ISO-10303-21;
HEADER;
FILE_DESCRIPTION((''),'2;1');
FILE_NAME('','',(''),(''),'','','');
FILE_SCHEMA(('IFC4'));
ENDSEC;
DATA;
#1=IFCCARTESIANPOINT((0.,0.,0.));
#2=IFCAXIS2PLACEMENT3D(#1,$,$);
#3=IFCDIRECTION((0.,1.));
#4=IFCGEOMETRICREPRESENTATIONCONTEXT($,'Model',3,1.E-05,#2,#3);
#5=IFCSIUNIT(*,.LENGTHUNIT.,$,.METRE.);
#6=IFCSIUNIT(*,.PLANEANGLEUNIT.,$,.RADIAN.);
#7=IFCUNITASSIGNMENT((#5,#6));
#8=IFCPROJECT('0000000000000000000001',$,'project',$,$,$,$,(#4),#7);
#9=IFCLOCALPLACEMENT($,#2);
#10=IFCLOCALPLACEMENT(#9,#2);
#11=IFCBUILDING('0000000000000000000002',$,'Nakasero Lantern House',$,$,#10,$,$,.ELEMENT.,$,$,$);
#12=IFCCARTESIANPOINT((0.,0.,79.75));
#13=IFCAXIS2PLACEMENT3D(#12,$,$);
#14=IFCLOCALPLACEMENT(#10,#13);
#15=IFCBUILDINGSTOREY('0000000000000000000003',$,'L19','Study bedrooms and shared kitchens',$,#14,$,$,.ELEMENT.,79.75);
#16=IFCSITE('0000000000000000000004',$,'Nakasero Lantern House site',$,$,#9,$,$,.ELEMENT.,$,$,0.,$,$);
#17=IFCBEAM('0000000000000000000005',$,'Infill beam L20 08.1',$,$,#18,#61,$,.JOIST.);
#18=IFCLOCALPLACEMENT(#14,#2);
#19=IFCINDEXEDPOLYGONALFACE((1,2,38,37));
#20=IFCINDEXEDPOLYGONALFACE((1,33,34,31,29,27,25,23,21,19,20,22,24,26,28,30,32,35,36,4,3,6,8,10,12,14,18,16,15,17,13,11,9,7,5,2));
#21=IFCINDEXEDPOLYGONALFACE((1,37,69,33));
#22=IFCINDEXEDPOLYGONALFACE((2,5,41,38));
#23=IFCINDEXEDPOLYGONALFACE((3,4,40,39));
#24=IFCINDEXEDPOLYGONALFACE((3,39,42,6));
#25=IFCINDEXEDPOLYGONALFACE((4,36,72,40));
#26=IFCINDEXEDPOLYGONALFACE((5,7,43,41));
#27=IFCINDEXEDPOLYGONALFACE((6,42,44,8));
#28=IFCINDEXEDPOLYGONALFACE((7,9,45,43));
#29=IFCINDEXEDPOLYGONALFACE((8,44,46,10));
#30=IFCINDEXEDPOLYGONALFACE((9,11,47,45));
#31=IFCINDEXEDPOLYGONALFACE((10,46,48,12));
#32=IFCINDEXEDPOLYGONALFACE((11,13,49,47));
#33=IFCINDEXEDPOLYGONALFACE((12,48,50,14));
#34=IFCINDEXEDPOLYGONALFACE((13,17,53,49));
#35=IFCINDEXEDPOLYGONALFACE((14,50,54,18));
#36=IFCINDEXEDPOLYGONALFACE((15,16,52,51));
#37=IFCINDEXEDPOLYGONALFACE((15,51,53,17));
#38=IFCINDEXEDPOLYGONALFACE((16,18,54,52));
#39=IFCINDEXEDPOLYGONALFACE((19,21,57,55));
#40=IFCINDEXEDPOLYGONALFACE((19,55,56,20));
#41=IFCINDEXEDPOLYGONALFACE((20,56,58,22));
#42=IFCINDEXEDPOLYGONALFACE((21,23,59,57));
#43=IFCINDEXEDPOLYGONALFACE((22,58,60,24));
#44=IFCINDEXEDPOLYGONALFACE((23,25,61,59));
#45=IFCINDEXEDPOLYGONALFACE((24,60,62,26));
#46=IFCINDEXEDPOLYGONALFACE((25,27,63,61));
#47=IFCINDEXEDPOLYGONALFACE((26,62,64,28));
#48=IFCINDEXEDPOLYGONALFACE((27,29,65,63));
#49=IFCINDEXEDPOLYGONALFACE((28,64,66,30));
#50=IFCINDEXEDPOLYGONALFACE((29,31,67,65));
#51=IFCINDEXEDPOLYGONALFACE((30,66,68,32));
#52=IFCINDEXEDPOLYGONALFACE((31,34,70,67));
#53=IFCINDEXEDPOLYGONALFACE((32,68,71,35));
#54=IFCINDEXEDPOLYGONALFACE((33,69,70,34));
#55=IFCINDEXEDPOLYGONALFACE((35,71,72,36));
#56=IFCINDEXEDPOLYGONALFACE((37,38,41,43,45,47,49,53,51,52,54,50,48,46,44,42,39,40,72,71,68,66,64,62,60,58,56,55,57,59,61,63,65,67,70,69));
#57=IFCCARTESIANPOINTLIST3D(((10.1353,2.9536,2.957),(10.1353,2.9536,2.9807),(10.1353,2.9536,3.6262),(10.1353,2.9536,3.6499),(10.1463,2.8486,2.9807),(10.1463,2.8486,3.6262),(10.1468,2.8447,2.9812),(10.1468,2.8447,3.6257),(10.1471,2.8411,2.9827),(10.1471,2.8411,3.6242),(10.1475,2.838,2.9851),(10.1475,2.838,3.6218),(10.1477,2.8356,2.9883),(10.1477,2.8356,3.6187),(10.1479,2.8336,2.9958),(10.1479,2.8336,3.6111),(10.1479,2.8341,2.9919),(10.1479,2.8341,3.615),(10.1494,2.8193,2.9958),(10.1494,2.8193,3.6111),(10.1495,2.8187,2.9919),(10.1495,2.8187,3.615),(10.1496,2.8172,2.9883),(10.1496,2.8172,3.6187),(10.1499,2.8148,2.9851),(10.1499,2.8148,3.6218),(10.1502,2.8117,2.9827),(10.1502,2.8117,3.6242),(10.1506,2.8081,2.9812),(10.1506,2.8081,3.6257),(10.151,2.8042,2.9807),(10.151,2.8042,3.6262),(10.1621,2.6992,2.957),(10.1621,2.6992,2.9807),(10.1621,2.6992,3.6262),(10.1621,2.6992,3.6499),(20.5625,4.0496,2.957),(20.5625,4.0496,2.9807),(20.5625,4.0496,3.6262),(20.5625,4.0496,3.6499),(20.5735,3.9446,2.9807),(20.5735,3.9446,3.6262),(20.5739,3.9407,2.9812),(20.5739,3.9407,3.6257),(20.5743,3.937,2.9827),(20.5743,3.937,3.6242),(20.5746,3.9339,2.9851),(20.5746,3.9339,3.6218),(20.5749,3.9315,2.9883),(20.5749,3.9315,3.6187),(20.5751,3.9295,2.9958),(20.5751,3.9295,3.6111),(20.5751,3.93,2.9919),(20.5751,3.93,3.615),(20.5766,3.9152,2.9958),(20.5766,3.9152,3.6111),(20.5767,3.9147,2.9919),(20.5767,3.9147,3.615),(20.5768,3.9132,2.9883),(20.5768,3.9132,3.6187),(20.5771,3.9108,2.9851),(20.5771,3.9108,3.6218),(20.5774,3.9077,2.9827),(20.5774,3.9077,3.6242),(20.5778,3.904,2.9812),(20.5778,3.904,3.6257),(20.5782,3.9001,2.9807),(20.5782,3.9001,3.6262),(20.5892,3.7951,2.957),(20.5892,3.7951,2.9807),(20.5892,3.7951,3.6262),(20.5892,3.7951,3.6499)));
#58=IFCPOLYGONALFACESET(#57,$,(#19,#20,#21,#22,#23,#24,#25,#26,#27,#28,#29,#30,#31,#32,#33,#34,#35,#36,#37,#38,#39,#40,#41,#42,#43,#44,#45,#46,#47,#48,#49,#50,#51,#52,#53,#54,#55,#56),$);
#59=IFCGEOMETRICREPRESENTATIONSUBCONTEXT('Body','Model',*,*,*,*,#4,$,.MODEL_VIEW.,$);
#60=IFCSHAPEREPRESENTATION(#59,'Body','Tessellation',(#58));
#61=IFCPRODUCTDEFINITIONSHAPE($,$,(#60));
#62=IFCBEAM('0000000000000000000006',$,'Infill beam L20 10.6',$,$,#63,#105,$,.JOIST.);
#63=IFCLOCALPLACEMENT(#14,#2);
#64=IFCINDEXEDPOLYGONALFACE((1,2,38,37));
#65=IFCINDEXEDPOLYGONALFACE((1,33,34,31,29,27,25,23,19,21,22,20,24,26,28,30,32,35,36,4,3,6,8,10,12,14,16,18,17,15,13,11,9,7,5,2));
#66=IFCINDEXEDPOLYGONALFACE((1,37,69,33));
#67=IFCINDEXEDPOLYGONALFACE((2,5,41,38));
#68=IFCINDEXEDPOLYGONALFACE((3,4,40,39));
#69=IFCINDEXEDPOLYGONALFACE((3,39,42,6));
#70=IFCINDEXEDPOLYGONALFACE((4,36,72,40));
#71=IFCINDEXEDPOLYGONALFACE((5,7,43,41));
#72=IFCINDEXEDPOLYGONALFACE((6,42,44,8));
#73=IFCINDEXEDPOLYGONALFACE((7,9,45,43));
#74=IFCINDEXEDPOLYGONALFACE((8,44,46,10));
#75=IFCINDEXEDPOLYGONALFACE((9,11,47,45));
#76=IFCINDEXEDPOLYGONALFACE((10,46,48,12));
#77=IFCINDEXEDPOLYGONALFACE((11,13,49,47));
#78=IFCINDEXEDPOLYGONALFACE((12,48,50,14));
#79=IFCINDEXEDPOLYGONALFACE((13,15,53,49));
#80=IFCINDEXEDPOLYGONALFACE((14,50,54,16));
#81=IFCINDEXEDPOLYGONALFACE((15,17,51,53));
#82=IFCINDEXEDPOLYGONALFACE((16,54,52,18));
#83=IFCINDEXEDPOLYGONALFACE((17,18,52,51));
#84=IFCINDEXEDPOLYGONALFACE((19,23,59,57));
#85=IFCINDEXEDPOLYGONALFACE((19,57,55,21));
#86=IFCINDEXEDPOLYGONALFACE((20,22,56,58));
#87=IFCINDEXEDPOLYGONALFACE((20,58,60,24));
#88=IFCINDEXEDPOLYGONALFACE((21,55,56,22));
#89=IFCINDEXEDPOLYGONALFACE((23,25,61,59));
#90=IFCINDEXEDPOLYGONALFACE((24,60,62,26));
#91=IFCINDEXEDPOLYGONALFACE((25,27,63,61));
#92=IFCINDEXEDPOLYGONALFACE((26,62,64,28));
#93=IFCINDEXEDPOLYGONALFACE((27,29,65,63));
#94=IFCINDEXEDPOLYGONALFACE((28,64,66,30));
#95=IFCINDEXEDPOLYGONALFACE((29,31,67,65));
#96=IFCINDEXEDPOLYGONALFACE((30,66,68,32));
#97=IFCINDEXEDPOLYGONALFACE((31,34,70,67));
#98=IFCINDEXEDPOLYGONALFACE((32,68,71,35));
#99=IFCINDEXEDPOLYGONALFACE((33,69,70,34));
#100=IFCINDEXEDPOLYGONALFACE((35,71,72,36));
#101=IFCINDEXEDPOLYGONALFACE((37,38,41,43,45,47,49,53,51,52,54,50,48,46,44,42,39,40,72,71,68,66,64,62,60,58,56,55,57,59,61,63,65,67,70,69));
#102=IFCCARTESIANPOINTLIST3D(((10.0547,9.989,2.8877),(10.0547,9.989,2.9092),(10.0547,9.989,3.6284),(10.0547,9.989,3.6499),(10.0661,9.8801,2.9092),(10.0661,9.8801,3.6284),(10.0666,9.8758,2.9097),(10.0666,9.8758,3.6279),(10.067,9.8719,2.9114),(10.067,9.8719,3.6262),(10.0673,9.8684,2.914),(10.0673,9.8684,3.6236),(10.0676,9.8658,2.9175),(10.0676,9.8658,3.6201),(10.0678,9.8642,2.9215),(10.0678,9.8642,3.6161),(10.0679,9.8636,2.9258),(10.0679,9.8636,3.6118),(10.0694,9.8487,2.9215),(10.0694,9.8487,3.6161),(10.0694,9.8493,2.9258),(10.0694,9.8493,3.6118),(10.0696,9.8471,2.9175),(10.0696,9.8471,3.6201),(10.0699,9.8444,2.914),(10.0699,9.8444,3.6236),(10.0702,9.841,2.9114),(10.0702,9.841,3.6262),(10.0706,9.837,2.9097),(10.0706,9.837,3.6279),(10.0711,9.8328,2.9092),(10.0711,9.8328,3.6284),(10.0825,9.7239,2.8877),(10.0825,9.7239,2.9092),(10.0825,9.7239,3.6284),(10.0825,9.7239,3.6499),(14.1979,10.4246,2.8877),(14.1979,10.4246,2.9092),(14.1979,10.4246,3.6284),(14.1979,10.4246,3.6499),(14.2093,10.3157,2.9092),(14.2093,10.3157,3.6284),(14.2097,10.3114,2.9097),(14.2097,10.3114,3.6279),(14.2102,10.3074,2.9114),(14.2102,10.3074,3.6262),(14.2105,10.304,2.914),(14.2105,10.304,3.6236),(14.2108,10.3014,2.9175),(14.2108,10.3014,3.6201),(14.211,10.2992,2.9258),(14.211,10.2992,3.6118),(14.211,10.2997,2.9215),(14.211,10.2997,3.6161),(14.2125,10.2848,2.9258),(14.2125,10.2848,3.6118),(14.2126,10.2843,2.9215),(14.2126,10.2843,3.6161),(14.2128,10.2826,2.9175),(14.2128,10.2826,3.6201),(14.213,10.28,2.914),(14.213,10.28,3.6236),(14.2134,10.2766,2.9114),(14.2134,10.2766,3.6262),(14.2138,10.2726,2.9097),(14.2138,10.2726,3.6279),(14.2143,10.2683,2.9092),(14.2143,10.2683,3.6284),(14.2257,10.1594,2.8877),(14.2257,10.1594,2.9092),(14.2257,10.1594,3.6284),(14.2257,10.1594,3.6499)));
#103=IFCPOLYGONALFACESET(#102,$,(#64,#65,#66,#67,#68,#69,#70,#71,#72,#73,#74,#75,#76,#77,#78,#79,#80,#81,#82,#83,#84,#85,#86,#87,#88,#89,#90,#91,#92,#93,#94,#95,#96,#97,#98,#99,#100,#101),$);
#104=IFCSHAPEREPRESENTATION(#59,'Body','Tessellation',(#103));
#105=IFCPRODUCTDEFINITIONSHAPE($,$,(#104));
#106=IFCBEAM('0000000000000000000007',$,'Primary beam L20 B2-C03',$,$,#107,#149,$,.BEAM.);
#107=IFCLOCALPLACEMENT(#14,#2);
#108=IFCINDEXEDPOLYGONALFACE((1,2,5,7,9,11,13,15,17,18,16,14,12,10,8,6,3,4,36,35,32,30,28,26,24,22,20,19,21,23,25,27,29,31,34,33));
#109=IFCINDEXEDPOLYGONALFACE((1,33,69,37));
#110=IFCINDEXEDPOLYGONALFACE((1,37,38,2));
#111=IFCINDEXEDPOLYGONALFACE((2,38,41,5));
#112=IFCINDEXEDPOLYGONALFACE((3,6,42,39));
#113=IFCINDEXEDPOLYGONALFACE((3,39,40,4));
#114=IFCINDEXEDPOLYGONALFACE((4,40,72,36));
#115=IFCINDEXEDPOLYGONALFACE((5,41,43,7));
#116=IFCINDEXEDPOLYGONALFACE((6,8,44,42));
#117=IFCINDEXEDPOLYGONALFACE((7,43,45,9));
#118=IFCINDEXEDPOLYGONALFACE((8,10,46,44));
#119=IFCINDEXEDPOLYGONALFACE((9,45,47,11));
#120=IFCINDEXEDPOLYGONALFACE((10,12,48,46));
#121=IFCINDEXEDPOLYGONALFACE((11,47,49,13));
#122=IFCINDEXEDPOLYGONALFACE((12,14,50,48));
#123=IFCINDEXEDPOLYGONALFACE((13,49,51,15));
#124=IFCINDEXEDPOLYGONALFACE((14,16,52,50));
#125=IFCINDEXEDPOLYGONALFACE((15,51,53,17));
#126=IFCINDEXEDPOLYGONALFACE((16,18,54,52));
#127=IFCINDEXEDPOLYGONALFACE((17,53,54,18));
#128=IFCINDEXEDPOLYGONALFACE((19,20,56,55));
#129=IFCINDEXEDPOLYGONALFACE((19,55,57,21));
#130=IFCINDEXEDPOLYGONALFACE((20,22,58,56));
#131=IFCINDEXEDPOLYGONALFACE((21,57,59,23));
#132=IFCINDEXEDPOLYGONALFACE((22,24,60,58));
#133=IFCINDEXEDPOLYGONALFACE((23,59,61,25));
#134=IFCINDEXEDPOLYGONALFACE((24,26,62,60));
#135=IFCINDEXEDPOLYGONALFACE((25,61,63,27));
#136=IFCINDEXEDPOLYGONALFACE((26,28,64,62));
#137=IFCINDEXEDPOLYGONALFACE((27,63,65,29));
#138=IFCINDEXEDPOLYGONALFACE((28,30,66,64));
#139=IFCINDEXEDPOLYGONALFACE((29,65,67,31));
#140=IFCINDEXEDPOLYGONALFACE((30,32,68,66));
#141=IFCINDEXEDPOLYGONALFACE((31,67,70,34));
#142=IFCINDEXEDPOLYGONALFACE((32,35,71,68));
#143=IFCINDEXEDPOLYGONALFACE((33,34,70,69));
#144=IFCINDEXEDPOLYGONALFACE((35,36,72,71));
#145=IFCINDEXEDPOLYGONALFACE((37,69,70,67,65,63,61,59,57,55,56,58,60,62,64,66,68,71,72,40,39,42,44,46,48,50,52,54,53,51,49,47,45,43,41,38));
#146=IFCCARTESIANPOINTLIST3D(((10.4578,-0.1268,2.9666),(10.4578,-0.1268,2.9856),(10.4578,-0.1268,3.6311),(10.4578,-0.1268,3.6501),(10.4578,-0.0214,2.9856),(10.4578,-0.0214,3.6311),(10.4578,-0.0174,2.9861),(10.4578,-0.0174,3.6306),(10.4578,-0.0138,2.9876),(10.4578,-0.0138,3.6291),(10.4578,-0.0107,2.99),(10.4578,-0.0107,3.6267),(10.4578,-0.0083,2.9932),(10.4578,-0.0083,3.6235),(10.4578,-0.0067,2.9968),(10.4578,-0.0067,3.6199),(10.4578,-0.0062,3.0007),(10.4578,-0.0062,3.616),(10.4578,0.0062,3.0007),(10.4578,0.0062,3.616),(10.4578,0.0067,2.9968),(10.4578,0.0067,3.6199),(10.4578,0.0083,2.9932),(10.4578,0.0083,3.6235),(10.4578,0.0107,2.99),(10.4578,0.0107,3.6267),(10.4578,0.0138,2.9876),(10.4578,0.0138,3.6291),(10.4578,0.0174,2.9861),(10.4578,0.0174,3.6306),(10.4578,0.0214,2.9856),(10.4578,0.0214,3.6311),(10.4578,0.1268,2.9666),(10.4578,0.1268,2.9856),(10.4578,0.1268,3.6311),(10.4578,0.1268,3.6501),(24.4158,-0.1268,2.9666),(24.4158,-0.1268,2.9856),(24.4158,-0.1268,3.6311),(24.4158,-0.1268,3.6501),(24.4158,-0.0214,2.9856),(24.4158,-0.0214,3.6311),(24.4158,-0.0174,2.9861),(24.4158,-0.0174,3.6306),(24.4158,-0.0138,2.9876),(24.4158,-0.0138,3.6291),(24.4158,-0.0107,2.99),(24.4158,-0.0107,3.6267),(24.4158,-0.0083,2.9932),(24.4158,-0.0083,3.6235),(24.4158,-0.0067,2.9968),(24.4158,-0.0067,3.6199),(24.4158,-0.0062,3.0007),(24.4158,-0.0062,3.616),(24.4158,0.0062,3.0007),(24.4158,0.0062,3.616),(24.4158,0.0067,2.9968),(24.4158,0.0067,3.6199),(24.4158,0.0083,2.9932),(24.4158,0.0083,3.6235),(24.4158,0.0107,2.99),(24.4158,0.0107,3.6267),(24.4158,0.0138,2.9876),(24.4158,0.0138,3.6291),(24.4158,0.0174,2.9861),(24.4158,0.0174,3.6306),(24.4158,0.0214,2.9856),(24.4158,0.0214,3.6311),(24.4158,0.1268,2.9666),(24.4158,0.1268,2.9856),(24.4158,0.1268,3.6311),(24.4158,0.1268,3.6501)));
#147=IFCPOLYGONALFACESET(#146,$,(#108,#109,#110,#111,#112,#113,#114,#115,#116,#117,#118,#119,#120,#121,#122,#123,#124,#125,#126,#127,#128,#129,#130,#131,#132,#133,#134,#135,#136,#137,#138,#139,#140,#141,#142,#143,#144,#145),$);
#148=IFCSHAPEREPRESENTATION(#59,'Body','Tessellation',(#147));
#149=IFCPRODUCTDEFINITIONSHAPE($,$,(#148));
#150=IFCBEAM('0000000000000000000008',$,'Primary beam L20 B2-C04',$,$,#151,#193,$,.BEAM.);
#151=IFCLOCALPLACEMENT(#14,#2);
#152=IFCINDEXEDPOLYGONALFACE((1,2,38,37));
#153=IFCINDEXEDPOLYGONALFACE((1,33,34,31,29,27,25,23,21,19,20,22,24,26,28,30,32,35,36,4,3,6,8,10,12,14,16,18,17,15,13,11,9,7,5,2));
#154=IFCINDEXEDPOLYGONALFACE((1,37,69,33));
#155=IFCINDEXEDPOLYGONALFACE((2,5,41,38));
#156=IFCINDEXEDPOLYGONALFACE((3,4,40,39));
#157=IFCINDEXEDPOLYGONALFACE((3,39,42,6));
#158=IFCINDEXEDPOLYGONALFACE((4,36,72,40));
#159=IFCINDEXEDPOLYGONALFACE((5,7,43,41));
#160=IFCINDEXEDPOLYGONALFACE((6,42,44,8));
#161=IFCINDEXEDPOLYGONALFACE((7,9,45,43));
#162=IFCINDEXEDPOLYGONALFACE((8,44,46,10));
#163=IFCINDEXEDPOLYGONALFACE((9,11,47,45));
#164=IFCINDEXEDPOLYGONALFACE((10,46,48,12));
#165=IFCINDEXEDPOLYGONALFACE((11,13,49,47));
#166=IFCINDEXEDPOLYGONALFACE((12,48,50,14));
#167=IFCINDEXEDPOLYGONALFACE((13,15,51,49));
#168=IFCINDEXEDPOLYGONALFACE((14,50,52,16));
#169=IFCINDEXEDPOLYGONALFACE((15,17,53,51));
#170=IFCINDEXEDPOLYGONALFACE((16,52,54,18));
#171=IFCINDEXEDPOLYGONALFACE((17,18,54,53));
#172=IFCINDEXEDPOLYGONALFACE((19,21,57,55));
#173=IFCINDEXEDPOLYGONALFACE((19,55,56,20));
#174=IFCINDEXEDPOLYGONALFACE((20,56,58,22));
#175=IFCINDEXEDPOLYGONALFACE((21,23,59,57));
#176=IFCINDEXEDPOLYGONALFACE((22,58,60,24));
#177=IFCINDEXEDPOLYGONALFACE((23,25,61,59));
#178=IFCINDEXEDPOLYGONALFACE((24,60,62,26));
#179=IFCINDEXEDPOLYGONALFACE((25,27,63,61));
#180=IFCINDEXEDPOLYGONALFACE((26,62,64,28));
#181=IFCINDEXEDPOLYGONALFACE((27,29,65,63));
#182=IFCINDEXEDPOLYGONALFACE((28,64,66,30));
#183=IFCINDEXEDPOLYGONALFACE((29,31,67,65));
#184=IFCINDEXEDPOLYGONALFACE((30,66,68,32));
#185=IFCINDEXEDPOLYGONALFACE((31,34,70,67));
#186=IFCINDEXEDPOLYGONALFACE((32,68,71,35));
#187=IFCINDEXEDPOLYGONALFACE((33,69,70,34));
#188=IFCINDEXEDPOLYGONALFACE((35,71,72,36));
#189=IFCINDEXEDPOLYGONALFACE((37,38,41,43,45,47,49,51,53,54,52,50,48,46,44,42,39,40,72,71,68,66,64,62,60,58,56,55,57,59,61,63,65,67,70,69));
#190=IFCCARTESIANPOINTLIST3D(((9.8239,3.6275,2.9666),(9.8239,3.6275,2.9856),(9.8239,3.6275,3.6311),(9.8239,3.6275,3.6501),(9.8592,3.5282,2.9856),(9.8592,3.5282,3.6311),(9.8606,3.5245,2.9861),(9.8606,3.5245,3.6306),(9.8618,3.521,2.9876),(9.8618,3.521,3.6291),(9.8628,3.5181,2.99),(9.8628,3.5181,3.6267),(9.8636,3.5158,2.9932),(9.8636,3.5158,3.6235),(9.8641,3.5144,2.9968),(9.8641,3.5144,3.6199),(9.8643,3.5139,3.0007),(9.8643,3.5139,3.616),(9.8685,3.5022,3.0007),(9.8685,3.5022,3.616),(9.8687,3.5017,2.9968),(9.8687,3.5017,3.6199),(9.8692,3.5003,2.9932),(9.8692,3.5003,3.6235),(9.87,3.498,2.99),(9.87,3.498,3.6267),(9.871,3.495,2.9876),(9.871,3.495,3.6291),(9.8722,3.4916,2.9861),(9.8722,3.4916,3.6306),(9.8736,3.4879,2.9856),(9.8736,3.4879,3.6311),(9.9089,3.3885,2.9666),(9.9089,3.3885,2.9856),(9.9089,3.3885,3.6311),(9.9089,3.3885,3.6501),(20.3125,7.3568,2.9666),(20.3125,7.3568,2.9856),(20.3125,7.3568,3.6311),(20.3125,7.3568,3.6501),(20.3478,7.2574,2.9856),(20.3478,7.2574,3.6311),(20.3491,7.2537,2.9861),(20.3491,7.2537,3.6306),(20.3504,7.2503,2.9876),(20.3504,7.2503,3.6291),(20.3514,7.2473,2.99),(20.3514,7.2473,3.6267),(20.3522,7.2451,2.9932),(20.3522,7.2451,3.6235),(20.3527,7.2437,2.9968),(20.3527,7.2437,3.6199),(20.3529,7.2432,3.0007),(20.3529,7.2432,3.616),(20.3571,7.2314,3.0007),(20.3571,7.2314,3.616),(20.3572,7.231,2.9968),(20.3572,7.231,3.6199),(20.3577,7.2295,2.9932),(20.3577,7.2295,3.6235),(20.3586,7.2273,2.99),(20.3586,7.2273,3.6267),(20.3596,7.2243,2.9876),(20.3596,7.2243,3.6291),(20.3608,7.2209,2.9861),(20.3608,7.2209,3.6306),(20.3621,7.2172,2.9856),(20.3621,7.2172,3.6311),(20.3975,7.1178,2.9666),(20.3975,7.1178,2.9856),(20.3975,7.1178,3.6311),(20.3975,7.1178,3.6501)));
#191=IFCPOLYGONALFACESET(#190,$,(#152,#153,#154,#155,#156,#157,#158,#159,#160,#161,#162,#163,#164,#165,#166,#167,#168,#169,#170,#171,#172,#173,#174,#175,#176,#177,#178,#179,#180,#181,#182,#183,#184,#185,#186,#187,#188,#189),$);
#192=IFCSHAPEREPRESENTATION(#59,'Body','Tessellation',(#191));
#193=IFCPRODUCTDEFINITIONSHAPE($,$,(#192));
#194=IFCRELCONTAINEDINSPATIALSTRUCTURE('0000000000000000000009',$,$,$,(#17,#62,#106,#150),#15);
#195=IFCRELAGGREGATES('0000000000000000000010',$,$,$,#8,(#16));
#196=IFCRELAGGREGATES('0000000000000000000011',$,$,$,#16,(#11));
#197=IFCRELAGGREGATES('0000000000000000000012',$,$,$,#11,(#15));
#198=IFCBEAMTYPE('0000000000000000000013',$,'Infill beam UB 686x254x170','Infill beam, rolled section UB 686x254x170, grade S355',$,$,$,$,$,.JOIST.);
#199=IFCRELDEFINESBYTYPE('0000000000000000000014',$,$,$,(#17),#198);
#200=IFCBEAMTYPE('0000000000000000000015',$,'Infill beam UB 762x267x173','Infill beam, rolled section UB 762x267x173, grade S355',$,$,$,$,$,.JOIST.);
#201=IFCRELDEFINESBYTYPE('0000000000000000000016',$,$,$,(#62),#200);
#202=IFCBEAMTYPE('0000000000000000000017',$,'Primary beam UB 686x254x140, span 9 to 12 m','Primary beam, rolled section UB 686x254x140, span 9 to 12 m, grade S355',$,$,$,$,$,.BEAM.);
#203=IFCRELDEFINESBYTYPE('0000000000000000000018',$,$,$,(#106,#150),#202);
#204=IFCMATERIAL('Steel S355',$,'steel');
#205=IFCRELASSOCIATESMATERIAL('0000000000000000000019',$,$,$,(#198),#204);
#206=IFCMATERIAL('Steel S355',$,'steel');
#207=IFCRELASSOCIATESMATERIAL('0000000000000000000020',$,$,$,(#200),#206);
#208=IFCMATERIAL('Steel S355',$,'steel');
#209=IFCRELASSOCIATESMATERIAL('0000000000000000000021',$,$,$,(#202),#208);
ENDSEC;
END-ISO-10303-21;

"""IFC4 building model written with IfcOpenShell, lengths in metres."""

from ifc_helpers import new_model, si_unit, direction, frame, origin, origin_2d, place, context, subcontext, project, spatial, i_section, extrude, material, material_profile, profile_set, type_object, element, save


model = new_model("IFC4")

# Units and contexts
model_context = context("Model", 3, precision=1e-05, world=origin(), true_north=direction((0.0, 1.0)))
body_context = subcontext(model_context, "Body", "Model", "MODEL_VIEW")
ifc_project = project(units=[si_unit("LENGTHUNIT", "METRE"), si_unit("PLANEANGLEUNIT", "RADIAN")], contexts=[model_context])

# Site, building, storey
site_placement = place(None, origin())
site = spatial("IfcSite", under=ifc_project, at=site_placement, Name="Nakasero Lantern House site", CompositionType="ELEMENT", RefElevation=0.0)
building_placement = place(site_placement, origin())
building = spatial("IfcBuilding", under=site, at=building_placement, Name="Nakasero Lantern House", CompositionType="ELEMENT")
storey_placement = place(building_placement, frame((0.0, 0.0, 79.75)))
storey = spatial("IfcBuildingStorey", under=building, at=storey_placement, Name="L19", Description="Study bedrooms and shared kitchens", CompositionType="ELEMENT", Elevation=79.75)

# Beams
ifc_material_1 = material(Name="Steel S355", Category="steel")
ifc_material_profile_1 = material_profile(ifc_material_1, i_section(OverallWidth=0.2559, OverallDepth=0.6929, WebThickness=0.0144, FlangeThickness=0.0237, FilletRadius=0.0151, at=origin_2d()), Name="UB 686x254x170")
ifc_profile_set_1 = profile_set([ifc_material_profile_1], Name="Steel S355")
beam_type_1 = type_object("IfcBeamType", Name="Infill beam UB 686x254x170", Description="Infill beam, rolled section UB 686x254x170, grade S355", PredefinedType="JOIST", material=ifc_profile_set_1)
beam_1_placement = place(storey_placement, frame((10.1487, 2.8264, 3.3035), z_axis=(0.994522, 0.104528, 0.0), x_axis=(-0.104528, 0.994522, 0.0)))
element("IfcBeam", 1, at=beam_1_placement, inside=storey, type_object=beam_type_1, Name="Infill beam L20 08.1", PredefinedType="JOIST", context=body_context, shape_type="SweptSolid", body=[
    extrude(i_section(OverallWidth=0.2559, OverallDepth=0.6929, WebThickness=0.0144, FlangeThickness=0.0237, FilletRadius=0.0151, at=origin_2d()), origin(), (0.0, 0.0, 1.0), 10.4846),
])
ifc_material_2 = material(Name="Steel S355", Category="steel")
ifc_material_profile_2 = material_profile(ifc_material_2, i_section(OverallWidth=0.2666, OverallDepth=0.7622, WebThickness=0.0144, FlangeThickness=0.0215, FilletRadius=0.0166, at=origin_2d()), Name="UB 762x267x173")
ifc_profile_set_2 = profile_set([ifc_material_profile_2], Name="Steel S355")
beam_type_2 = type_object("IfcBeamType", Name="Infill beam UB 762x267x173", Description="Infill beam, rolled section UB 762x267x173, grade S355", PredefinedType="JOIST", material=ifc_profile_set_2)
beam_2_placement = place(storey_placement, frame((10.0686, 9.8564, 3.2688), z_axis=(0.99452, 0.104551, 0.0), x_axis=(-0.104551, 0.99452, 0.0)))
element("IfcBeam", 2, at=beam_2_placement, inside=storey, type_object=beam_type_2, Name="Infill beam L20 10.6", PredefinedType="JOIST", context=body_context, shape_type="SweptSolid", body=[
    extrude(i_section(OverallWidth=0.2666, OverallDepth=0.7622, WebThickness=0.0144, FlangeThickness=0.0215, FilletRadius=0.0166, at=origin_2d()), origin(), (0.0, 0.0, 1.0), 4.166),
])
ifc_material_3 = material(Name="Steel S355", Category="steel")
ifc_material_profile_3 = material_profile(ifc_material_3, i_section(OverallWidth=0.2537, OverallDepth=0.6836, WebThickness=0.0125, FlangeThickness=0.019, FilletRadius=0.0151, at=origin_2d()), Name="UB 686x254x140")
ifc_profile_set_3 = profile_set([ifc_material_profile_3], Name="Steel S355")
beam_type_3 = type_object("IfcBeamType", Name="Primary beam UB 686x254x140, span 9 to 12 m", Description="Primary beam, rolled section UB 686x254x140, span 9 to 12 m, grade S355", PredefinedType="BEAM", material=ifc_profile_set_3)
beam_3_placement = place(storey_placement, frame((24.4158, 0.0, 3.3083), z_axis=(-1.0, 0.0, 0.0), x_axis=(0.0, -1.0, 0.0)))
element("IfcBeam", 3, at=beam_3_placement, inside=storey, type_object=beam_type_3, Name="Primary beam L20 B2-C03", PredefinedType="BEAM", context=body_context, shape_type="SweptSolid", body=[
    extrude(i_section(OverallWidth=0.2537, OverallDepth=0.6836, WebThickness=0.0125, FlangeThickness=0.019, FilletRadius=0.0151, at=origin_2d()), origin(), (0.0, 0.0, 1.0), 13.958),
])
beam_4_placement = place(storey_placement, frame((20.355, 7.2373, 3.3083), z_axis=(-0.942215, -0.335009, 0.0), x_axis=(0.335009, -0.942215, 0.0)))
element("IfcBeam", 4, at=beam_4_placement, inside=storey, type_object=beam_type_3, Name="Primary beam L20 B2-C04", PredefinedType="BEAM", context=body_context, shape_type="SweptSolid", body=[
    extrude(i_section(OverallWidth=0.2537, OverallDepth=0.6836, WebThickness=0.0125, FlangeThickness=0.019, FilletRadius=0.0151, at=origin_2d()), origin(), (0.0, 0.0, 1.0), 11.1318),
])

save(model, "model.ifc")
